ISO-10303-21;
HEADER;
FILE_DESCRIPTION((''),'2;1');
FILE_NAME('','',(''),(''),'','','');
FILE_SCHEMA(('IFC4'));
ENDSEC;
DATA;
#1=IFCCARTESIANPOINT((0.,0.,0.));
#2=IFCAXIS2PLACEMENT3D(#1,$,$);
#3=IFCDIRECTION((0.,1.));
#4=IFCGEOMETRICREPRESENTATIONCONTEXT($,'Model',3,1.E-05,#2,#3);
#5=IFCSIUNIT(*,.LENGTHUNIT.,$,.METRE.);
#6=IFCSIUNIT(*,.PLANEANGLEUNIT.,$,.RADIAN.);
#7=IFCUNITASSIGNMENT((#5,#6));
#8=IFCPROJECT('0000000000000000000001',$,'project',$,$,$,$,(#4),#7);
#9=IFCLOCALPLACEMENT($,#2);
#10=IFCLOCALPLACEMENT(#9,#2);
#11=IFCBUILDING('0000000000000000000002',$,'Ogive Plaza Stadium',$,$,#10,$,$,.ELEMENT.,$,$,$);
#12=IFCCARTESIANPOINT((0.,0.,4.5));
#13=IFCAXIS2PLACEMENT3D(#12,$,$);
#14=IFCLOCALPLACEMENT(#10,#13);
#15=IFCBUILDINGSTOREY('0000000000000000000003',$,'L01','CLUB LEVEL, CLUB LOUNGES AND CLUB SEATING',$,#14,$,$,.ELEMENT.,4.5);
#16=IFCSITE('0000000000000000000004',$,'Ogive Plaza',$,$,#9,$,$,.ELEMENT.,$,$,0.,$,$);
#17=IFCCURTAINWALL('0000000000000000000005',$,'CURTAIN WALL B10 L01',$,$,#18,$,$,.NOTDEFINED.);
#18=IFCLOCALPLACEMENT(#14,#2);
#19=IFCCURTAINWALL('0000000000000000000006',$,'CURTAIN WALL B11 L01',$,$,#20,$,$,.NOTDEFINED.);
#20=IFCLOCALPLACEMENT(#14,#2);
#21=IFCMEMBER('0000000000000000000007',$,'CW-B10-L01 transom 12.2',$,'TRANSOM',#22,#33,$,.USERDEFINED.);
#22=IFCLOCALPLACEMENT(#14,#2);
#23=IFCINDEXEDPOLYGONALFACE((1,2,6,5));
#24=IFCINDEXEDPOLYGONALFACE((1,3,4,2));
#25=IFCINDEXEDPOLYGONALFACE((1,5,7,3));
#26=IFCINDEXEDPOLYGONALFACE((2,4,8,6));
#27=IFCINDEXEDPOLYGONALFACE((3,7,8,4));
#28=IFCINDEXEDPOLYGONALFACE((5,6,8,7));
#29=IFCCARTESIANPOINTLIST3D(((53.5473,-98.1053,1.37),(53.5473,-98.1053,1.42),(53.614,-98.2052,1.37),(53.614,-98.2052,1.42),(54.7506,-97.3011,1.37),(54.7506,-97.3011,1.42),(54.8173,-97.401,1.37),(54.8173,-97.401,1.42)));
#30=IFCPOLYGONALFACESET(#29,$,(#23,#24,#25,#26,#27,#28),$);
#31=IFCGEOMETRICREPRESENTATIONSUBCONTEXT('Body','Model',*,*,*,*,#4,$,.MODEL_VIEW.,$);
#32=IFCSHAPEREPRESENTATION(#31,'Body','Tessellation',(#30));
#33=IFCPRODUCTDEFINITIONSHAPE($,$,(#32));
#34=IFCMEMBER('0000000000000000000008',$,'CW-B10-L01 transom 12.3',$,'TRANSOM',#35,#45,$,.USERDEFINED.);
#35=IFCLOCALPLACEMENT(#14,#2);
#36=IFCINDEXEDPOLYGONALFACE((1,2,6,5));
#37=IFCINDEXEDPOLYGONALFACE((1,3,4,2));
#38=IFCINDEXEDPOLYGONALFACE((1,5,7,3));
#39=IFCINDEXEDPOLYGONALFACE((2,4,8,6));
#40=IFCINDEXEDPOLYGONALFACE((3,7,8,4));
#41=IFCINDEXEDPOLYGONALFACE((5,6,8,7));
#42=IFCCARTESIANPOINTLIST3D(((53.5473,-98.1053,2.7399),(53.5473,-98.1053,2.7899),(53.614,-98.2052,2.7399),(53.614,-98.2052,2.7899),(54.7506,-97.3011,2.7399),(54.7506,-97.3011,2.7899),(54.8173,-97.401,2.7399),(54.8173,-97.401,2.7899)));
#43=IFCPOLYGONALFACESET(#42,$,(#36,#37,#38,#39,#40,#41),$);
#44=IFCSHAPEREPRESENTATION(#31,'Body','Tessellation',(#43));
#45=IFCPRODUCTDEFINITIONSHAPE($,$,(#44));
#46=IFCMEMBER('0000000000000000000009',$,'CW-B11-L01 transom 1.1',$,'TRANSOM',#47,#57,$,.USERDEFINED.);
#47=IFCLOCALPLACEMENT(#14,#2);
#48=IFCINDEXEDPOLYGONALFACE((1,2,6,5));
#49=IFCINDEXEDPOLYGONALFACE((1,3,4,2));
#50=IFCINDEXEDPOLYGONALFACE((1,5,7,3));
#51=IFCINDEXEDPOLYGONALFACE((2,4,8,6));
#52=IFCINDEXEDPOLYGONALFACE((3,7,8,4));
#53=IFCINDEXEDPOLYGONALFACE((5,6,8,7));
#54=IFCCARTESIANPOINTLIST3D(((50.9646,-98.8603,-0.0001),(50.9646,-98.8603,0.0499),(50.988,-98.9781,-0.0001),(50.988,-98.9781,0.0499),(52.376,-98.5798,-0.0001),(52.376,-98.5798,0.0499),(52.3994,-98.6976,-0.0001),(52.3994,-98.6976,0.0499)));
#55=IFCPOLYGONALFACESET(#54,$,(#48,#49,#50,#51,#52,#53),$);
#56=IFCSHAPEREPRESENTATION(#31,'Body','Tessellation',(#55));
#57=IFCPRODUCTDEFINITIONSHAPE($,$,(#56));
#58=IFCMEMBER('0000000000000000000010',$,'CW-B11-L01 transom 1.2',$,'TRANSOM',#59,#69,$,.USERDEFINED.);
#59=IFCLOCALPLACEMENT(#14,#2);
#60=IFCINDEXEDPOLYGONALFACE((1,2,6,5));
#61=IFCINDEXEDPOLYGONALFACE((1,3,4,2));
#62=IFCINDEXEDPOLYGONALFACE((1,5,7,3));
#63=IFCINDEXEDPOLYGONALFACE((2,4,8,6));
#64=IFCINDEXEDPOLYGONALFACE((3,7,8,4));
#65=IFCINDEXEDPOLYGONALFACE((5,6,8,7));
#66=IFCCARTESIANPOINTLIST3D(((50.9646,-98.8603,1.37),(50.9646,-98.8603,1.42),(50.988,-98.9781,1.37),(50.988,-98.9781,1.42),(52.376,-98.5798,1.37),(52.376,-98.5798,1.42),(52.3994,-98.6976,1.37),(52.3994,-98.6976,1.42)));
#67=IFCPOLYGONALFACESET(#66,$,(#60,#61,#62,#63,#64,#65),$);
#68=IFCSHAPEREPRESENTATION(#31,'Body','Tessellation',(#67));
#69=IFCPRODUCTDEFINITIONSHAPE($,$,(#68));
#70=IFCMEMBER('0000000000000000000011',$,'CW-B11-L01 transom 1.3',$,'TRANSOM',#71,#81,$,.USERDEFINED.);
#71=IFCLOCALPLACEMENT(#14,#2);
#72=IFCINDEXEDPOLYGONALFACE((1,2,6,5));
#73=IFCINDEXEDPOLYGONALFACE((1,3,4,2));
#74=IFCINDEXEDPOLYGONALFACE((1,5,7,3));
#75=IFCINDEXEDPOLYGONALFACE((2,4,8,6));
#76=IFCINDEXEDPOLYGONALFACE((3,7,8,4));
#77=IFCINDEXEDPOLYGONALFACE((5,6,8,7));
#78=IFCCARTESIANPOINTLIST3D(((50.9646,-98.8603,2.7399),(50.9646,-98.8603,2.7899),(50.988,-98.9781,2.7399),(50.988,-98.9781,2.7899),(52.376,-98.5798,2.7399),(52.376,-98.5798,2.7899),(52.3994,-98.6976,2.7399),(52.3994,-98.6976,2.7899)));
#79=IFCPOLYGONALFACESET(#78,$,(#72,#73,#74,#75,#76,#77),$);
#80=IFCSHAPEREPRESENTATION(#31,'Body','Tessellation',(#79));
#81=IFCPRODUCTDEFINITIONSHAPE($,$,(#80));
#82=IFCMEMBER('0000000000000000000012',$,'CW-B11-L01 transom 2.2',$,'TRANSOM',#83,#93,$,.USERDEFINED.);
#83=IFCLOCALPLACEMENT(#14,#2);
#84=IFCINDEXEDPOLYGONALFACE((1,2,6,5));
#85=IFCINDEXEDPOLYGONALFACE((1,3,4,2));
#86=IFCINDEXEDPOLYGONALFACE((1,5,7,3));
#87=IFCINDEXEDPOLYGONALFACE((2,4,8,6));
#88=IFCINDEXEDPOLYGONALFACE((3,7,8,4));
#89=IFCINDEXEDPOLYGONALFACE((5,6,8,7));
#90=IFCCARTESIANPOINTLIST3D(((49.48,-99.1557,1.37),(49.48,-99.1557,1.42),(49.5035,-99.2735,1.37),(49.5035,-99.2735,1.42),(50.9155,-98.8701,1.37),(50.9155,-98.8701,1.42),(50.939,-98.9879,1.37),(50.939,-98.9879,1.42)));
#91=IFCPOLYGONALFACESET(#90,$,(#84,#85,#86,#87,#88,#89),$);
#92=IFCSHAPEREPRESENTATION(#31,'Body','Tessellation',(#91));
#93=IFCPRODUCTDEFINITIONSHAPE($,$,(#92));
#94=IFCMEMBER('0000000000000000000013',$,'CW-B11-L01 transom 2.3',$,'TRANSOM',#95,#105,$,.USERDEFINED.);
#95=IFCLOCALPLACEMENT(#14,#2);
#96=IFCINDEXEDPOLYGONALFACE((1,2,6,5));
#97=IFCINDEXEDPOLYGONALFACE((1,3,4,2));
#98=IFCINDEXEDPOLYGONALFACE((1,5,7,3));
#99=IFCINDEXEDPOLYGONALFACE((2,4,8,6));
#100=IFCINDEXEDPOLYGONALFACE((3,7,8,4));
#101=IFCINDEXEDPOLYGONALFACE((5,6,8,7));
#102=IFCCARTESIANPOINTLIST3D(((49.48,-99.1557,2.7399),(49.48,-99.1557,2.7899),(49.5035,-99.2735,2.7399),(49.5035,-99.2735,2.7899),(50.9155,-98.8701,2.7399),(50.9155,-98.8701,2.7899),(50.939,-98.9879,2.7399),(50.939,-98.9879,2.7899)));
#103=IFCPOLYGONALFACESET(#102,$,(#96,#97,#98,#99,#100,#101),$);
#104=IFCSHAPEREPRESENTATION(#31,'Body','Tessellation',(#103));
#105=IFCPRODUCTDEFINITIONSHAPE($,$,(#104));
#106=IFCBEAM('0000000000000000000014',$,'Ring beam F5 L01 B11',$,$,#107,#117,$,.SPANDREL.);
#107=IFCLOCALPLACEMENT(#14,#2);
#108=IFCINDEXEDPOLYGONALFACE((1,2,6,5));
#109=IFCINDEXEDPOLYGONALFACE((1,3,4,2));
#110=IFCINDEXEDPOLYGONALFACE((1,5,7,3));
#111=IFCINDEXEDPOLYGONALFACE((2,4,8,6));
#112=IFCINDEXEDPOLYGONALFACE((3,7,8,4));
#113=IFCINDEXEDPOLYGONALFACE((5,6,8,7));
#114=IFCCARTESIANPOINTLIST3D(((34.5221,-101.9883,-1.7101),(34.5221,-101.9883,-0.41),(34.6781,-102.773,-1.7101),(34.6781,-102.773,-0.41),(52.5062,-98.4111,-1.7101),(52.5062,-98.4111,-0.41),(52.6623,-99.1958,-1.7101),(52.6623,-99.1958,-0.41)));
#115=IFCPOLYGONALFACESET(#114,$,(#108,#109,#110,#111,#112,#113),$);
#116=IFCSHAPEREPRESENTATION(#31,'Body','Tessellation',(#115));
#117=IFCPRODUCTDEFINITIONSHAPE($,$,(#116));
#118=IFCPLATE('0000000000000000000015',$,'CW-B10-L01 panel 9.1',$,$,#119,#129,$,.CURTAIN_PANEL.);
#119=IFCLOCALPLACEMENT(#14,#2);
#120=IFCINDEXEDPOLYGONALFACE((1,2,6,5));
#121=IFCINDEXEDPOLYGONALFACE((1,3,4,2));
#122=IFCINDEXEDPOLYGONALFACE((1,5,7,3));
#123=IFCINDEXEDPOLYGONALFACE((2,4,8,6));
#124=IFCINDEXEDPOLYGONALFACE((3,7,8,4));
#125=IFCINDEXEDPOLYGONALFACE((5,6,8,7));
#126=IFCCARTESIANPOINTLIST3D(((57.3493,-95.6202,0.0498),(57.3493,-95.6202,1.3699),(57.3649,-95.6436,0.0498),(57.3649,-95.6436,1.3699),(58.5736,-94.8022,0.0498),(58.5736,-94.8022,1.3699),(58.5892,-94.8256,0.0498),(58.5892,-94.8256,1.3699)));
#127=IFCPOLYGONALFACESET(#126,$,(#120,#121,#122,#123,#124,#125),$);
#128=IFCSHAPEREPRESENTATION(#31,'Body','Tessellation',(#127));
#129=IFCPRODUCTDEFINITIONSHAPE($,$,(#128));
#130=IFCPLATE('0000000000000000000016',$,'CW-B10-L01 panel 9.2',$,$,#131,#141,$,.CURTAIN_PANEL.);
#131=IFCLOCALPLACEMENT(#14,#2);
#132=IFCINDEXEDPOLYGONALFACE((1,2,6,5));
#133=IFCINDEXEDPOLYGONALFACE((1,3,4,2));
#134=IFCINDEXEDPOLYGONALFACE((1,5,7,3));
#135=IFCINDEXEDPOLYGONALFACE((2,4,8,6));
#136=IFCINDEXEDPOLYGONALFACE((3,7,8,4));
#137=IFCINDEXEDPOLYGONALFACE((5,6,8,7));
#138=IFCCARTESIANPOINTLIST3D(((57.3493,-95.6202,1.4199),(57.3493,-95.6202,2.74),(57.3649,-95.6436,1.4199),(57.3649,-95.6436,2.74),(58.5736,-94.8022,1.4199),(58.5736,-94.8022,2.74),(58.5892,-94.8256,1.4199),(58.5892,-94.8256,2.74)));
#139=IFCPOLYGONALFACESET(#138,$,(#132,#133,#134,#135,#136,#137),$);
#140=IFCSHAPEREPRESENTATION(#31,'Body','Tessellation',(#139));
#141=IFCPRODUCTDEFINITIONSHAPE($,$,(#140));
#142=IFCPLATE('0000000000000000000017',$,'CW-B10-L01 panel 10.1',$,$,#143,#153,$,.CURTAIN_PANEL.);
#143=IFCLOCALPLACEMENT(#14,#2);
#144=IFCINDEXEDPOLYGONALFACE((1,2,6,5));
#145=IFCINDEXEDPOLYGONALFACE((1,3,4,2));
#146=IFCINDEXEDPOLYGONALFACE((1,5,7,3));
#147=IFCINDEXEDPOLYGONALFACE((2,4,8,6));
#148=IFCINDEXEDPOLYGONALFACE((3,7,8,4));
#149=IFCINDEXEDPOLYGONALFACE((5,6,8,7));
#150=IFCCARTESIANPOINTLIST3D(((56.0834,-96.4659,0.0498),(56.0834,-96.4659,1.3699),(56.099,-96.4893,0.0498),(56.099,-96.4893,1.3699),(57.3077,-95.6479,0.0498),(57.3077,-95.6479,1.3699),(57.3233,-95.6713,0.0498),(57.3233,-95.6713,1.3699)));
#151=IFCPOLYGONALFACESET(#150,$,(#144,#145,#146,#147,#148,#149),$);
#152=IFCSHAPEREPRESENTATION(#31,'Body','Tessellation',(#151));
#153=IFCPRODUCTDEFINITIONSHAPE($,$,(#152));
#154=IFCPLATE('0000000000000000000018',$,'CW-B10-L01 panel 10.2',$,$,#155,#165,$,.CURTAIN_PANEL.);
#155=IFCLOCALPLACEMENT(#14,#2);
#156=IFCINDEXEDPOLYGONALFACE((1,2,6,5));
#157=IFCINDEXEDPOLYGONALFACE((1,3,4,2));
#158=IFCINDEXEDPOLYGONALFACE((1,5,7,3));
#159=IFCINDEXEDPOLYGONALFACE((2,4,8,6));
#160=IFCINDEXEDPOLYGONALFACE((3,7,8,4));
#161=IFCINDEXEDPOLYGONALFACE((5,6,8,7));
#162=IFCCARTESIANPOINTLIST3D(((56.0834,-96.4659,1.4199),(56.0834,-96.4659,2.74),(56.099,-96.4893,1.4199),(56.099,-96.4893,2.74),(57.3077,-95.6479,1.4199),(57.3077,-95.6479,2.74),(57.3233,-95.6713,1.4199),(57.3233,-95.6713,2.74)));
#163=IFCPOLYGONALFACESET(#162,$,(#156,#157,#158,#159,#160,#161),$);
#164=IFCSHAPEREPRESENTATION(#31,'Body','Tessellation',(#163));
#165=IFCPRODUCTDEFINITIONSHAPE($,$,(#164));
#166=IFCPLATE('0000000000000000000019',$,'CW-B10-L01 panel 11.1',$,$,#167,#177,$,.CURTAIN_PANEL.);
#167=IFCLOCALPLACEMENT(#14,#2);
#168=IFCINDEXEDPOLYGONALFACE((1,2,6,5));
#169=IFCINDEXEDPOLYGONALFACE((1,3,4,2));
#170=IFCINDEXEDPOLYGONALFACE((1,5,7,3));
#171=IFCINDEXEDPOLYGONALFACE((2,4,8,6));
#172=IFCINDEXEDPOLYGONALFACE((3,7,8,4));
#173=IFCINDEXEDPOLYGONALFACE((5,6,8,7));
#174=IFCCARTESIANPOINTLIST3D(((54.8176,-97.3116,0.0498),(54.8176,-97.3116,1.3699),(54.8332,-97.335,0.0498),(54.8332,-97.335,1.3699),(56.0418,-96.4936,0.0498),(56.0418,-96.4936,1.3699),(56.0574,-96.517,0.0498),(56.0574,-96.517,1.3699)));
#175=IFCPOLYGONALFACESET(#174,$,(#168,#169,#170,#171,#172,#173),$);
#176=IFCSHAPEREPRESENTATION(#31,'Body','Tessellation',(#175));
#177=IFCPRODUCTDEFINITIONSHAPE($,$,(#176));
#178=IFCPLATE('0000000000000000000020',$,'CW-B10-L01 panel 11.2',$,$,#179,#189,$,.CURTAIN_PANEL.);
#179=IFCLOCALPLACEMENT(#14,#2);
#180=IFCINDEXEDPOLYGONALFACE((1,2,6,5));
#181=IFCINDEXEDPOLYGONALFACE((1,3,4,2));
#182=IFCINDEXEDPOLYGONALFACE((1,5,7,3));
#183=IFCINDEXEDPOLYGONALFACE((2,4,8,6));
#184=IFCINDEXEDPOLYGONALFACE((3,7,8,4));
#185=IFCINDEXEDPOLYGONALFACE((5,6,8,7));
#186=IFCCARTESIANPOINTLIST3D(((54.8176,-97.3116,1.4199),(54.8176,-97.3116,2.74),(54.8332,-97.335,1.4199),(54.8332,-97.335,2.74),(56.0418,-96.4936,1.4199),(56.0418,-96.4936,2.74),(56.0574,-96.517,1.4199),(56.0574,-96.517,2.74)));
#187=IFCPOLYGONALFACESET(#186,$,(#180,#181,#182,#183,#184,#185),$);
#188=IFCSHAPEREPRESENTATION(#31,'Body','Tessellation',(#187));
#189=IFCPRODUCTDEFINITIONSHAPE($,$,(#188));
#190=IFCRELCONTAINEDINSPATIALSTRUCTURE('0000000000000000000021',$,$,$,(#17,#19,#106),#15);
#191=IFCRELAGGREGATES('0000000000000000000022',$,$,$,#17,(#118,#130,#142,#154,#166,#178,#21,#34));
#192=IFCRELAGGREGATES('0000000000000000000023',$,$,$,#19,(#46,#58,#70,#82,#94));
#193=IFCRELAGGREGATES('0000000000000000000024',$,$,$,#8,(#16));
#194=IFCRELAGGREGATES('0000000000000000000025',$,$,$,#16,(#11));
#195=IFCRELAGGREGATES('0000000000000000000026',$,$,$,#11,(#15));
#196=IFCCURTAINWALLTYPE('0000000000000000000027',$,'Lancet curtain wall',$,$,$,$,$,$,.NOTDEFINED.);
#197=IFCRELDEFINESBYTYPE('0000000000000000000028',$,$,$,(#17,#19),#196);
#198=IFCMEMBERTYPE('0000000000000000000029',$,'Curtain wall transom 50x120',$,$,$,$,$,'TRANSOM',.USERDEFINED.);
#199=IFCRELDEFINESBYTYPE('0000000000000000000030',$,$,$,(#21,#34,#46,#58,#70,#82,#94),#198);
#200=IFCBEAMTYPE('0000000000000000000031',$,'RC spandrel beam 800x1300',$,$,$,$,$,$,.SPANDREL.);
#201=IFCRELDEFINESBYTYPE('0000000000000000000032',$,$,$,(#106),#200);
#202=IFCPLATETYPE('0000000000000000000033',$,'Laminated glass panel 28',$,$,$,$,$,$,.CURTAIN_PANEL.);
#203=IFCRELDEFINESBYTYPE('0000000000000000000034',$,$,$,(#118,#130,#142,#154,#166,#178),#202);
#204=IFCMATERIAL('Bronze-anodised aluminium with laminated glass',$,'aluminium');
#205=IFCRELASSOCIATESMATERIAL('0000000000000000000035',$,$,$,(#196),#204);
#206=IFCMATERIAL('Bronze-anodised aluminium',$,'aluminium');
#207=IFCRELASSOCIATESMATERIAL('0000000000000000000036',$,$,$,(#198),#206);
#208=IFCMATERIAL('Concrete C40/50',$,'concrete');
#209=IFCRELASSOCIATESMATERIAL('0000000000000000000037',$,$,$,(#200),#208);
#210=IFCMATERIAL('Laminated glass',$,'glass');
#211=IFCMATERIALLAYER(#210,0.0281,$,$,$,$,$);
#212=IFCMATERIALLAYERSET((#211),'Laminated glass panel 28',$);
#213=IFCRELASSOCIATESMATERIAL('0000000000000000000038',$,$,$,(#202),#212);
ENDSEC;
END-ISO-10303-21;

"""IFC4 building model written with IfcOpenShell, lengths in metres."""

from ifc_helpers import new_model, si_unit, direction, frame, origin, origin_2d, place, context, subcontext, project, spatial, rectangle, extrude, material, layer, layer_set, material_profile, profile_set, type_object, element, aggregate, save


model = new_model("IFC4")

# Units and contexts
model_context = context("Model", 3, precision=1e-05, world=origin(), true_north=direction((0.0, 1.0)))
body_context = subcontext(model_context, "Body", "Model", "MODEL_VIEW")
ifc_project = project(units=[si_unit("LENGTHUNIT", "METRE"), si_unit("PLANEANGLEUNIT", "RADIAN")], contexts=[model_context])

# Site, building, storey
site_placement = place(None, origin())
site = spatial("IfcSite", under=ifc_project, at=site_placement, Name="Ogive Plaza", CompositionType="ELEMENT", RefElevation=0.0)
building_placement = place(site_placement, origin())
building = spatial("IfcBuilding", under=site, at=building_placement, Name="Ogive Plaza Stadium", CompositionType="ELEMENT")
storey_placement = place(building_placement, frame((0.0, 0.0, 4.5)))
storey = spatial("IfcBuildingStorey", under=building, at=storey_placement, Name="L01", Description="CLUB LEVEL, CLUB LOUNGES AND CLUB SEATING", CompositionType="ELEMENT", Elevation=4.5)

# Curtain walls
ifc_material_1 = material(Name="Bronze-anodised aluminium with laminated glass", Category="aluminium")
curtain_wall_type = type_object("IfcCurtainWallType", Name="Lancet curtain wall", PredefinedType="NOTDEFINED", material=ifc_material_1)
curtain_wall_1_placement = place(storey_placement, origin())
curtain_wall_1 = element("IfcCurtainWall", 1, at=curtain_wall_1_placement, inside=storey, type_object=curtain_wall_type, Name="CURTAIN WALL B10 L01", PredefinedType="NOTDEFINED")
curtain_wall_2_placement = place(storey_placement, origin())
curtain_wall_2 = element("IfcCurtainWall", 2, at=curtain_wall_2_placement, inside=storey, type_object=curtain_wall_type, Name="CURTAIN WALL B11 L01", PredefinedType="NOTDEFINED")

# Members
ifc_material_2 = material(Name="Bronze-anodised aluminium", Category="aluminium")
ifc_material_profile_1 = material_profile(ifc_material_2, rectangle(XDim=0.1201, YDim=0.05, at=origin_2d()), Name="AL 120x50")
ifc_profile_set_1 = profile_set([ifc_material_profile_1], Name="Bronze-anodised aluminium")
member_type_1 = type_object("IfcMemberType", Name="Curtain wall transom 50x120", ElementType="TRANSOM", PredefinedType="USERDEFINED", material=ifc_profile_set_1)
member_1_placement = place(storey_placement, frame((54.7839, -97.3511, 1.395), z_axis=(-0.831427, -0.555634, 0.0), x_axis=(0.555634, -0.831427, 0.0)))
member_1 = element("IfcMember", 3, at=member_1_placement, type_object=member_type_1, Name="CW-B10-L01 transom 12.2", ObjectType="TRANSOM", PredefinedType="USERDEFINED", context=body_context, shape_type="SweptSolid", body=[
    extrude(rectangle(XDim=0.1201, YDim=0.05, at=origin_2d()), origin(), (0.0, 0.0, 1.0), 1.4473),
])
member_2_placement = place(storey_placement, frame((54.7839, -97.3511, 2.7649), z_axis=(-0.831427, -0.555634, 0.0), x_axis=(0.555634, -0.831427, 0.0)))
member_2 = element("IfcMember", 4, at=member_2_placement, type_object=member_type_1, Name="CW-B10-L01 transom 12.3", ObjectType="TRANSOM", PredefinedType="USERDEFINED", context=body_context, shape_type="SweptSolid", body=[
    extrude(rectangle(XDim=0.1201, YDim=0.05, at=origin_2d()), origin(), (0.0, 0.0, 1.0), 1.4473),
])
member_3_placement = place(storey_placement, frame((52.3877, -98.6387, 0.0249), z_axis=(-0.980815, -0.194941, 0.0), x_axis=(0.194941, -0.980815, 0.0)))
member_3 = element("IfcMember", 5, at=member_3_placement, type_object=member_type_1, Name="CW-B11-L01 transom 1.1", ObjectType="TRANSOM", PredefinedType="USERDEFINED", context=body_context, shape_type="SweptSolid", body=[
    extrude(rectangle(XDim=0.1201, YDim=0.05, at=origin_2d()), origin(), (0.0, 0.0, 1.0), 1.439),
])
member_4_placement = place(storey_placement, frame((52.3877, -98.6387, 1.395), z_axis=(-0.980815, -0.194941, 0.0), x_axis=(0.194941, -0.980815, 0.0)))
member_4 = element("IfcMember", 6, at=member_4_placement, type_object=member_type_1, Name="CW-B11-L01 transom 1.2", ObjectType="TRANSOM", PredefinedType="USERDEFINED", context=body_context, shape_type="SweptSolid", body=[
    extrude(rectangle(XDim=0.1201, YDim=0.05, at=origin_2d()), origin(), (0.0, 0.0, 1.0), 1.439),
])
member_5_placement = place(storey_placement, frame((52.3877, -98.6387, 2.7649), z_axis=(-0.980815, -0.194941, 0.0), x_axis=(0.194941, -0.980815, 0.0)))
member_5 = element("IfcMember", 7, at=member_5_placement, type_object=member_type_1, Name="CW-B11-L01 transom 1.3", ObjectType="TRANSOM", PredefinedType="USERDEFINED", context=body_context, shape_type="SweptSolid", body=[
    extrude(rectangle(XDim=0.1201, YDim=0.05, at=origin_2d()), origin(), (0.0, 0.0, 1.0), 1.439),
])
member_6_placement = place(storey_placement, frame((50.9272, -98.929, 1.395), z_axis=(-0.980773, -0.195154, 0.0), x_axis=(0.195154, -0.980773, 0.0)))
member_6 = element("IfcMember", 8, at=member_6_placement, type_object=member_type_1, Name="CW-B11-L01 transom 2.2", ObjectType="TRANSOM", PredefinedType="USERDEFINED", context=body_context, shape_type="SweptSolid", body=[
    extrude(rectangle(XDim=0.1201, YDim=0.05, at=origin_2d()), origin(), (0.0, 0.0, 1.0), 1.4636),
])
member_7_placement = place(storey_placement, frame((50.9272, -98.929, 2.7649), z_axis=(-0.980773, -0.195154, 0.0), x_axis=(0.195154, -0.980773, 0.0)))
member_7 = element("IfcMember", 9, at=member_7_placement, type_object=member_type_1, Name="CW-B11-L01 transom 2.3", ObjectType="TRANSOM", PredefinedType="USERDEFINED", context=body_context, shape_type="SweptSolid", body=[
    extrude(rectangle(XDim=0.1201, YDim=0.05, at=origin_2d()), origin(), (0.0, 0.0, 1.0), 1.4636),
])

# Beam
ifc_material_3 = material(Name="Concrete C40/50", Category="concrete")
ifc_material_profile_2 = material_profile(ifc_material_3, rectangle(XDim=0.8, YDim=1.3, at=origin_2d()), Name="RC 800x1300")
ifc_profile_set_2 = profile_set([ifc_material_profile_2], Name="Concrete C40/50")
beam_type = type_object("IfcBeamType", Name="RC spandrel beam 800x1300", PredefinedType="SPANDREL", material=ifc_profile_set_2)
beam_placement = place(storey_placement, frame((52.5842, -98.8035, -1.0601), z_axis=(-0.980787, -0.195084, 0.0), x_axis=(0.195084, -0.980787, 0.0)))
element("IfcBeam", 10, at=beam_placement, inside=storey, type_object=beam_type, Name="Ring beam F5 L01 B11", PredefinedType="SPANDREL", context=body_context, shape_type="SweptSolid", body=[
    extrude(rectangle(XDim=0.8, YDim=1.3, at=origin_2d()), origin(), (0.0, 0.0, 1.0), 18.3364),
])

# Plates
ifc_material_4 = material(Name="Laminated glass", Category="glass")
ifc_layer = layer(ifc_material_4, 0.0281)
ifc_layer_set = layer_set([ifc_layer], Name="Laminated glass panel 28")
plate_type = type_object("IfcPlateType", Name="Laminated glass panel 28", PredefinedType="CURTAIN_PANEL", material=ifc_layer_set)
plate_1_placement = place(storey_placement, frame((57.9692, -95.2229, 0.0498), z_axis=(0.0, 0.0, 1.0), x_axis=(-0.83147, -0.55557, 0.0)))
plate_1 = element("IfcPlate", 11, at=plate_1_placement, type_object=plate_type, Name="CW-B10-L01 panel 9.1", PredefinedType="CURTAIN_PANEL", context=body_context, shape_type="SweptSolid", body=[
    extrude(rectangle(XDim=1.4724, YDim=0.0281, at=origin_2d()), origin(), (0.0, 0.0, 1.0), 1.3201),
])
plate_2_placement = place(storey_placement, frame((57.9692, -95.2229, 1.4199), z_axis=(0.0, 0.0, 1.0), x_axis=(-0.83147, -0.55557, 0.0)))
plate_2 = element("IfcPlate", 12, at=plate_2_placement, type_object=plate_type, Name="CW-B10-L01 panel 9.2", PredefinedType="CURTAIN_PANEL", context=body_context, shape_type="SweptSolid", body=[
    extrude(rectangle(XDim=1.4724, YDim=0.0281, at=origin_2d()), origin(), (0.0, 0.0, 1.0), 1.3201),
])
plate_3_placement = place(storey_placement, frame((56.7034, -96.0686, 0.0498), z_axis=(0.0, 0.0, 1.0), x_axis=(-0.83147, -0.55557, 0.0)))
plate_3 = element("IfcPlate", 13, at=plate_3_placement, type_object=plate_type, Name="CW-B10-L01 panel 10.1", PredefinedType="CURTAIN_PANEL", context=body_context, shape_type="SweptSolid", body=[
    extrude(rectangle(XDim=1.4724, YDim=0.0281, at=origin_2d()), origin(), (0.0, 0.0, 1.0), 1.3201),
])
plate_4_placement = place(storey_placement, frame((56.7034, -96.0686, 1.4199), z_axis=(0.0, 0.0, 1.0), x_axis=(-0.83147, -0.55557, 0.0)))
plate_4 = element("IfcPlate", 14, at=plate_4_placement, type_object=plate_type, Name="CW-B10-L01 panel 10.2", PredefinedType="CURTAIN_PANEL", context=body_context, shape_type="SweptSolid", body=[
    extrude(rectangle(XDim=1.4724, YDim=0.0281, at=origin_2d()), origin(), (0.0, 0.0, 1.0), 1.3201),
])
plate_5_placement = place(storey_placement, frame((55.4375, -96.9143, 0.0498), z_axis=(0.0, 0.0, 1.0), x_axis=(-0.83147, -0.55557, 0.0)))
plate_5 = element("IfcPlate", 15, at=plate_5_placement, type_object=plate_type, Name="CW-B10-L01 panel 11.1", PredefinedType="CURTAIN_PANEL", context=body_context, shape_type="SweptSolid", body=[
    extrude(rectangle(XDim=1.4724, YDim=0.0281, at=origin_2d()), origin(), (0.0, 0.0, 1.0), 1.3201),
])
plate_6_placement = place(storey_placement, frame((55.4375, -96.9143, 1.4199), z_axis=(0.0, 0.0, 1.0), x_axis=(-0.83147, -0.55557, 0.0)))
plate_6 = element("IfcPlate", 16, at=plate_6_placement, type_object=plate_type, Name="CW-B10-L01 panel 11.2", PredefinedType="CURTAIN_PANEL", context=body_context, shape_type="SweptSolid", body=[
    extrude(rectangle(XDim=1.4724, YDim=0.0281, at=origin_2d()), origin(), (0.0, 0.0, 1.0), 1.3201),
])
aggregate(curtain_wall_1, [plate_1, plate_2, plate_3, plate_4, plate_5, plate_6, member_1, member_2])
aggregate(curtain_wall_2, [member_3, member_4, member_5, member_6, member_7])

save(model, "model.ifc")
